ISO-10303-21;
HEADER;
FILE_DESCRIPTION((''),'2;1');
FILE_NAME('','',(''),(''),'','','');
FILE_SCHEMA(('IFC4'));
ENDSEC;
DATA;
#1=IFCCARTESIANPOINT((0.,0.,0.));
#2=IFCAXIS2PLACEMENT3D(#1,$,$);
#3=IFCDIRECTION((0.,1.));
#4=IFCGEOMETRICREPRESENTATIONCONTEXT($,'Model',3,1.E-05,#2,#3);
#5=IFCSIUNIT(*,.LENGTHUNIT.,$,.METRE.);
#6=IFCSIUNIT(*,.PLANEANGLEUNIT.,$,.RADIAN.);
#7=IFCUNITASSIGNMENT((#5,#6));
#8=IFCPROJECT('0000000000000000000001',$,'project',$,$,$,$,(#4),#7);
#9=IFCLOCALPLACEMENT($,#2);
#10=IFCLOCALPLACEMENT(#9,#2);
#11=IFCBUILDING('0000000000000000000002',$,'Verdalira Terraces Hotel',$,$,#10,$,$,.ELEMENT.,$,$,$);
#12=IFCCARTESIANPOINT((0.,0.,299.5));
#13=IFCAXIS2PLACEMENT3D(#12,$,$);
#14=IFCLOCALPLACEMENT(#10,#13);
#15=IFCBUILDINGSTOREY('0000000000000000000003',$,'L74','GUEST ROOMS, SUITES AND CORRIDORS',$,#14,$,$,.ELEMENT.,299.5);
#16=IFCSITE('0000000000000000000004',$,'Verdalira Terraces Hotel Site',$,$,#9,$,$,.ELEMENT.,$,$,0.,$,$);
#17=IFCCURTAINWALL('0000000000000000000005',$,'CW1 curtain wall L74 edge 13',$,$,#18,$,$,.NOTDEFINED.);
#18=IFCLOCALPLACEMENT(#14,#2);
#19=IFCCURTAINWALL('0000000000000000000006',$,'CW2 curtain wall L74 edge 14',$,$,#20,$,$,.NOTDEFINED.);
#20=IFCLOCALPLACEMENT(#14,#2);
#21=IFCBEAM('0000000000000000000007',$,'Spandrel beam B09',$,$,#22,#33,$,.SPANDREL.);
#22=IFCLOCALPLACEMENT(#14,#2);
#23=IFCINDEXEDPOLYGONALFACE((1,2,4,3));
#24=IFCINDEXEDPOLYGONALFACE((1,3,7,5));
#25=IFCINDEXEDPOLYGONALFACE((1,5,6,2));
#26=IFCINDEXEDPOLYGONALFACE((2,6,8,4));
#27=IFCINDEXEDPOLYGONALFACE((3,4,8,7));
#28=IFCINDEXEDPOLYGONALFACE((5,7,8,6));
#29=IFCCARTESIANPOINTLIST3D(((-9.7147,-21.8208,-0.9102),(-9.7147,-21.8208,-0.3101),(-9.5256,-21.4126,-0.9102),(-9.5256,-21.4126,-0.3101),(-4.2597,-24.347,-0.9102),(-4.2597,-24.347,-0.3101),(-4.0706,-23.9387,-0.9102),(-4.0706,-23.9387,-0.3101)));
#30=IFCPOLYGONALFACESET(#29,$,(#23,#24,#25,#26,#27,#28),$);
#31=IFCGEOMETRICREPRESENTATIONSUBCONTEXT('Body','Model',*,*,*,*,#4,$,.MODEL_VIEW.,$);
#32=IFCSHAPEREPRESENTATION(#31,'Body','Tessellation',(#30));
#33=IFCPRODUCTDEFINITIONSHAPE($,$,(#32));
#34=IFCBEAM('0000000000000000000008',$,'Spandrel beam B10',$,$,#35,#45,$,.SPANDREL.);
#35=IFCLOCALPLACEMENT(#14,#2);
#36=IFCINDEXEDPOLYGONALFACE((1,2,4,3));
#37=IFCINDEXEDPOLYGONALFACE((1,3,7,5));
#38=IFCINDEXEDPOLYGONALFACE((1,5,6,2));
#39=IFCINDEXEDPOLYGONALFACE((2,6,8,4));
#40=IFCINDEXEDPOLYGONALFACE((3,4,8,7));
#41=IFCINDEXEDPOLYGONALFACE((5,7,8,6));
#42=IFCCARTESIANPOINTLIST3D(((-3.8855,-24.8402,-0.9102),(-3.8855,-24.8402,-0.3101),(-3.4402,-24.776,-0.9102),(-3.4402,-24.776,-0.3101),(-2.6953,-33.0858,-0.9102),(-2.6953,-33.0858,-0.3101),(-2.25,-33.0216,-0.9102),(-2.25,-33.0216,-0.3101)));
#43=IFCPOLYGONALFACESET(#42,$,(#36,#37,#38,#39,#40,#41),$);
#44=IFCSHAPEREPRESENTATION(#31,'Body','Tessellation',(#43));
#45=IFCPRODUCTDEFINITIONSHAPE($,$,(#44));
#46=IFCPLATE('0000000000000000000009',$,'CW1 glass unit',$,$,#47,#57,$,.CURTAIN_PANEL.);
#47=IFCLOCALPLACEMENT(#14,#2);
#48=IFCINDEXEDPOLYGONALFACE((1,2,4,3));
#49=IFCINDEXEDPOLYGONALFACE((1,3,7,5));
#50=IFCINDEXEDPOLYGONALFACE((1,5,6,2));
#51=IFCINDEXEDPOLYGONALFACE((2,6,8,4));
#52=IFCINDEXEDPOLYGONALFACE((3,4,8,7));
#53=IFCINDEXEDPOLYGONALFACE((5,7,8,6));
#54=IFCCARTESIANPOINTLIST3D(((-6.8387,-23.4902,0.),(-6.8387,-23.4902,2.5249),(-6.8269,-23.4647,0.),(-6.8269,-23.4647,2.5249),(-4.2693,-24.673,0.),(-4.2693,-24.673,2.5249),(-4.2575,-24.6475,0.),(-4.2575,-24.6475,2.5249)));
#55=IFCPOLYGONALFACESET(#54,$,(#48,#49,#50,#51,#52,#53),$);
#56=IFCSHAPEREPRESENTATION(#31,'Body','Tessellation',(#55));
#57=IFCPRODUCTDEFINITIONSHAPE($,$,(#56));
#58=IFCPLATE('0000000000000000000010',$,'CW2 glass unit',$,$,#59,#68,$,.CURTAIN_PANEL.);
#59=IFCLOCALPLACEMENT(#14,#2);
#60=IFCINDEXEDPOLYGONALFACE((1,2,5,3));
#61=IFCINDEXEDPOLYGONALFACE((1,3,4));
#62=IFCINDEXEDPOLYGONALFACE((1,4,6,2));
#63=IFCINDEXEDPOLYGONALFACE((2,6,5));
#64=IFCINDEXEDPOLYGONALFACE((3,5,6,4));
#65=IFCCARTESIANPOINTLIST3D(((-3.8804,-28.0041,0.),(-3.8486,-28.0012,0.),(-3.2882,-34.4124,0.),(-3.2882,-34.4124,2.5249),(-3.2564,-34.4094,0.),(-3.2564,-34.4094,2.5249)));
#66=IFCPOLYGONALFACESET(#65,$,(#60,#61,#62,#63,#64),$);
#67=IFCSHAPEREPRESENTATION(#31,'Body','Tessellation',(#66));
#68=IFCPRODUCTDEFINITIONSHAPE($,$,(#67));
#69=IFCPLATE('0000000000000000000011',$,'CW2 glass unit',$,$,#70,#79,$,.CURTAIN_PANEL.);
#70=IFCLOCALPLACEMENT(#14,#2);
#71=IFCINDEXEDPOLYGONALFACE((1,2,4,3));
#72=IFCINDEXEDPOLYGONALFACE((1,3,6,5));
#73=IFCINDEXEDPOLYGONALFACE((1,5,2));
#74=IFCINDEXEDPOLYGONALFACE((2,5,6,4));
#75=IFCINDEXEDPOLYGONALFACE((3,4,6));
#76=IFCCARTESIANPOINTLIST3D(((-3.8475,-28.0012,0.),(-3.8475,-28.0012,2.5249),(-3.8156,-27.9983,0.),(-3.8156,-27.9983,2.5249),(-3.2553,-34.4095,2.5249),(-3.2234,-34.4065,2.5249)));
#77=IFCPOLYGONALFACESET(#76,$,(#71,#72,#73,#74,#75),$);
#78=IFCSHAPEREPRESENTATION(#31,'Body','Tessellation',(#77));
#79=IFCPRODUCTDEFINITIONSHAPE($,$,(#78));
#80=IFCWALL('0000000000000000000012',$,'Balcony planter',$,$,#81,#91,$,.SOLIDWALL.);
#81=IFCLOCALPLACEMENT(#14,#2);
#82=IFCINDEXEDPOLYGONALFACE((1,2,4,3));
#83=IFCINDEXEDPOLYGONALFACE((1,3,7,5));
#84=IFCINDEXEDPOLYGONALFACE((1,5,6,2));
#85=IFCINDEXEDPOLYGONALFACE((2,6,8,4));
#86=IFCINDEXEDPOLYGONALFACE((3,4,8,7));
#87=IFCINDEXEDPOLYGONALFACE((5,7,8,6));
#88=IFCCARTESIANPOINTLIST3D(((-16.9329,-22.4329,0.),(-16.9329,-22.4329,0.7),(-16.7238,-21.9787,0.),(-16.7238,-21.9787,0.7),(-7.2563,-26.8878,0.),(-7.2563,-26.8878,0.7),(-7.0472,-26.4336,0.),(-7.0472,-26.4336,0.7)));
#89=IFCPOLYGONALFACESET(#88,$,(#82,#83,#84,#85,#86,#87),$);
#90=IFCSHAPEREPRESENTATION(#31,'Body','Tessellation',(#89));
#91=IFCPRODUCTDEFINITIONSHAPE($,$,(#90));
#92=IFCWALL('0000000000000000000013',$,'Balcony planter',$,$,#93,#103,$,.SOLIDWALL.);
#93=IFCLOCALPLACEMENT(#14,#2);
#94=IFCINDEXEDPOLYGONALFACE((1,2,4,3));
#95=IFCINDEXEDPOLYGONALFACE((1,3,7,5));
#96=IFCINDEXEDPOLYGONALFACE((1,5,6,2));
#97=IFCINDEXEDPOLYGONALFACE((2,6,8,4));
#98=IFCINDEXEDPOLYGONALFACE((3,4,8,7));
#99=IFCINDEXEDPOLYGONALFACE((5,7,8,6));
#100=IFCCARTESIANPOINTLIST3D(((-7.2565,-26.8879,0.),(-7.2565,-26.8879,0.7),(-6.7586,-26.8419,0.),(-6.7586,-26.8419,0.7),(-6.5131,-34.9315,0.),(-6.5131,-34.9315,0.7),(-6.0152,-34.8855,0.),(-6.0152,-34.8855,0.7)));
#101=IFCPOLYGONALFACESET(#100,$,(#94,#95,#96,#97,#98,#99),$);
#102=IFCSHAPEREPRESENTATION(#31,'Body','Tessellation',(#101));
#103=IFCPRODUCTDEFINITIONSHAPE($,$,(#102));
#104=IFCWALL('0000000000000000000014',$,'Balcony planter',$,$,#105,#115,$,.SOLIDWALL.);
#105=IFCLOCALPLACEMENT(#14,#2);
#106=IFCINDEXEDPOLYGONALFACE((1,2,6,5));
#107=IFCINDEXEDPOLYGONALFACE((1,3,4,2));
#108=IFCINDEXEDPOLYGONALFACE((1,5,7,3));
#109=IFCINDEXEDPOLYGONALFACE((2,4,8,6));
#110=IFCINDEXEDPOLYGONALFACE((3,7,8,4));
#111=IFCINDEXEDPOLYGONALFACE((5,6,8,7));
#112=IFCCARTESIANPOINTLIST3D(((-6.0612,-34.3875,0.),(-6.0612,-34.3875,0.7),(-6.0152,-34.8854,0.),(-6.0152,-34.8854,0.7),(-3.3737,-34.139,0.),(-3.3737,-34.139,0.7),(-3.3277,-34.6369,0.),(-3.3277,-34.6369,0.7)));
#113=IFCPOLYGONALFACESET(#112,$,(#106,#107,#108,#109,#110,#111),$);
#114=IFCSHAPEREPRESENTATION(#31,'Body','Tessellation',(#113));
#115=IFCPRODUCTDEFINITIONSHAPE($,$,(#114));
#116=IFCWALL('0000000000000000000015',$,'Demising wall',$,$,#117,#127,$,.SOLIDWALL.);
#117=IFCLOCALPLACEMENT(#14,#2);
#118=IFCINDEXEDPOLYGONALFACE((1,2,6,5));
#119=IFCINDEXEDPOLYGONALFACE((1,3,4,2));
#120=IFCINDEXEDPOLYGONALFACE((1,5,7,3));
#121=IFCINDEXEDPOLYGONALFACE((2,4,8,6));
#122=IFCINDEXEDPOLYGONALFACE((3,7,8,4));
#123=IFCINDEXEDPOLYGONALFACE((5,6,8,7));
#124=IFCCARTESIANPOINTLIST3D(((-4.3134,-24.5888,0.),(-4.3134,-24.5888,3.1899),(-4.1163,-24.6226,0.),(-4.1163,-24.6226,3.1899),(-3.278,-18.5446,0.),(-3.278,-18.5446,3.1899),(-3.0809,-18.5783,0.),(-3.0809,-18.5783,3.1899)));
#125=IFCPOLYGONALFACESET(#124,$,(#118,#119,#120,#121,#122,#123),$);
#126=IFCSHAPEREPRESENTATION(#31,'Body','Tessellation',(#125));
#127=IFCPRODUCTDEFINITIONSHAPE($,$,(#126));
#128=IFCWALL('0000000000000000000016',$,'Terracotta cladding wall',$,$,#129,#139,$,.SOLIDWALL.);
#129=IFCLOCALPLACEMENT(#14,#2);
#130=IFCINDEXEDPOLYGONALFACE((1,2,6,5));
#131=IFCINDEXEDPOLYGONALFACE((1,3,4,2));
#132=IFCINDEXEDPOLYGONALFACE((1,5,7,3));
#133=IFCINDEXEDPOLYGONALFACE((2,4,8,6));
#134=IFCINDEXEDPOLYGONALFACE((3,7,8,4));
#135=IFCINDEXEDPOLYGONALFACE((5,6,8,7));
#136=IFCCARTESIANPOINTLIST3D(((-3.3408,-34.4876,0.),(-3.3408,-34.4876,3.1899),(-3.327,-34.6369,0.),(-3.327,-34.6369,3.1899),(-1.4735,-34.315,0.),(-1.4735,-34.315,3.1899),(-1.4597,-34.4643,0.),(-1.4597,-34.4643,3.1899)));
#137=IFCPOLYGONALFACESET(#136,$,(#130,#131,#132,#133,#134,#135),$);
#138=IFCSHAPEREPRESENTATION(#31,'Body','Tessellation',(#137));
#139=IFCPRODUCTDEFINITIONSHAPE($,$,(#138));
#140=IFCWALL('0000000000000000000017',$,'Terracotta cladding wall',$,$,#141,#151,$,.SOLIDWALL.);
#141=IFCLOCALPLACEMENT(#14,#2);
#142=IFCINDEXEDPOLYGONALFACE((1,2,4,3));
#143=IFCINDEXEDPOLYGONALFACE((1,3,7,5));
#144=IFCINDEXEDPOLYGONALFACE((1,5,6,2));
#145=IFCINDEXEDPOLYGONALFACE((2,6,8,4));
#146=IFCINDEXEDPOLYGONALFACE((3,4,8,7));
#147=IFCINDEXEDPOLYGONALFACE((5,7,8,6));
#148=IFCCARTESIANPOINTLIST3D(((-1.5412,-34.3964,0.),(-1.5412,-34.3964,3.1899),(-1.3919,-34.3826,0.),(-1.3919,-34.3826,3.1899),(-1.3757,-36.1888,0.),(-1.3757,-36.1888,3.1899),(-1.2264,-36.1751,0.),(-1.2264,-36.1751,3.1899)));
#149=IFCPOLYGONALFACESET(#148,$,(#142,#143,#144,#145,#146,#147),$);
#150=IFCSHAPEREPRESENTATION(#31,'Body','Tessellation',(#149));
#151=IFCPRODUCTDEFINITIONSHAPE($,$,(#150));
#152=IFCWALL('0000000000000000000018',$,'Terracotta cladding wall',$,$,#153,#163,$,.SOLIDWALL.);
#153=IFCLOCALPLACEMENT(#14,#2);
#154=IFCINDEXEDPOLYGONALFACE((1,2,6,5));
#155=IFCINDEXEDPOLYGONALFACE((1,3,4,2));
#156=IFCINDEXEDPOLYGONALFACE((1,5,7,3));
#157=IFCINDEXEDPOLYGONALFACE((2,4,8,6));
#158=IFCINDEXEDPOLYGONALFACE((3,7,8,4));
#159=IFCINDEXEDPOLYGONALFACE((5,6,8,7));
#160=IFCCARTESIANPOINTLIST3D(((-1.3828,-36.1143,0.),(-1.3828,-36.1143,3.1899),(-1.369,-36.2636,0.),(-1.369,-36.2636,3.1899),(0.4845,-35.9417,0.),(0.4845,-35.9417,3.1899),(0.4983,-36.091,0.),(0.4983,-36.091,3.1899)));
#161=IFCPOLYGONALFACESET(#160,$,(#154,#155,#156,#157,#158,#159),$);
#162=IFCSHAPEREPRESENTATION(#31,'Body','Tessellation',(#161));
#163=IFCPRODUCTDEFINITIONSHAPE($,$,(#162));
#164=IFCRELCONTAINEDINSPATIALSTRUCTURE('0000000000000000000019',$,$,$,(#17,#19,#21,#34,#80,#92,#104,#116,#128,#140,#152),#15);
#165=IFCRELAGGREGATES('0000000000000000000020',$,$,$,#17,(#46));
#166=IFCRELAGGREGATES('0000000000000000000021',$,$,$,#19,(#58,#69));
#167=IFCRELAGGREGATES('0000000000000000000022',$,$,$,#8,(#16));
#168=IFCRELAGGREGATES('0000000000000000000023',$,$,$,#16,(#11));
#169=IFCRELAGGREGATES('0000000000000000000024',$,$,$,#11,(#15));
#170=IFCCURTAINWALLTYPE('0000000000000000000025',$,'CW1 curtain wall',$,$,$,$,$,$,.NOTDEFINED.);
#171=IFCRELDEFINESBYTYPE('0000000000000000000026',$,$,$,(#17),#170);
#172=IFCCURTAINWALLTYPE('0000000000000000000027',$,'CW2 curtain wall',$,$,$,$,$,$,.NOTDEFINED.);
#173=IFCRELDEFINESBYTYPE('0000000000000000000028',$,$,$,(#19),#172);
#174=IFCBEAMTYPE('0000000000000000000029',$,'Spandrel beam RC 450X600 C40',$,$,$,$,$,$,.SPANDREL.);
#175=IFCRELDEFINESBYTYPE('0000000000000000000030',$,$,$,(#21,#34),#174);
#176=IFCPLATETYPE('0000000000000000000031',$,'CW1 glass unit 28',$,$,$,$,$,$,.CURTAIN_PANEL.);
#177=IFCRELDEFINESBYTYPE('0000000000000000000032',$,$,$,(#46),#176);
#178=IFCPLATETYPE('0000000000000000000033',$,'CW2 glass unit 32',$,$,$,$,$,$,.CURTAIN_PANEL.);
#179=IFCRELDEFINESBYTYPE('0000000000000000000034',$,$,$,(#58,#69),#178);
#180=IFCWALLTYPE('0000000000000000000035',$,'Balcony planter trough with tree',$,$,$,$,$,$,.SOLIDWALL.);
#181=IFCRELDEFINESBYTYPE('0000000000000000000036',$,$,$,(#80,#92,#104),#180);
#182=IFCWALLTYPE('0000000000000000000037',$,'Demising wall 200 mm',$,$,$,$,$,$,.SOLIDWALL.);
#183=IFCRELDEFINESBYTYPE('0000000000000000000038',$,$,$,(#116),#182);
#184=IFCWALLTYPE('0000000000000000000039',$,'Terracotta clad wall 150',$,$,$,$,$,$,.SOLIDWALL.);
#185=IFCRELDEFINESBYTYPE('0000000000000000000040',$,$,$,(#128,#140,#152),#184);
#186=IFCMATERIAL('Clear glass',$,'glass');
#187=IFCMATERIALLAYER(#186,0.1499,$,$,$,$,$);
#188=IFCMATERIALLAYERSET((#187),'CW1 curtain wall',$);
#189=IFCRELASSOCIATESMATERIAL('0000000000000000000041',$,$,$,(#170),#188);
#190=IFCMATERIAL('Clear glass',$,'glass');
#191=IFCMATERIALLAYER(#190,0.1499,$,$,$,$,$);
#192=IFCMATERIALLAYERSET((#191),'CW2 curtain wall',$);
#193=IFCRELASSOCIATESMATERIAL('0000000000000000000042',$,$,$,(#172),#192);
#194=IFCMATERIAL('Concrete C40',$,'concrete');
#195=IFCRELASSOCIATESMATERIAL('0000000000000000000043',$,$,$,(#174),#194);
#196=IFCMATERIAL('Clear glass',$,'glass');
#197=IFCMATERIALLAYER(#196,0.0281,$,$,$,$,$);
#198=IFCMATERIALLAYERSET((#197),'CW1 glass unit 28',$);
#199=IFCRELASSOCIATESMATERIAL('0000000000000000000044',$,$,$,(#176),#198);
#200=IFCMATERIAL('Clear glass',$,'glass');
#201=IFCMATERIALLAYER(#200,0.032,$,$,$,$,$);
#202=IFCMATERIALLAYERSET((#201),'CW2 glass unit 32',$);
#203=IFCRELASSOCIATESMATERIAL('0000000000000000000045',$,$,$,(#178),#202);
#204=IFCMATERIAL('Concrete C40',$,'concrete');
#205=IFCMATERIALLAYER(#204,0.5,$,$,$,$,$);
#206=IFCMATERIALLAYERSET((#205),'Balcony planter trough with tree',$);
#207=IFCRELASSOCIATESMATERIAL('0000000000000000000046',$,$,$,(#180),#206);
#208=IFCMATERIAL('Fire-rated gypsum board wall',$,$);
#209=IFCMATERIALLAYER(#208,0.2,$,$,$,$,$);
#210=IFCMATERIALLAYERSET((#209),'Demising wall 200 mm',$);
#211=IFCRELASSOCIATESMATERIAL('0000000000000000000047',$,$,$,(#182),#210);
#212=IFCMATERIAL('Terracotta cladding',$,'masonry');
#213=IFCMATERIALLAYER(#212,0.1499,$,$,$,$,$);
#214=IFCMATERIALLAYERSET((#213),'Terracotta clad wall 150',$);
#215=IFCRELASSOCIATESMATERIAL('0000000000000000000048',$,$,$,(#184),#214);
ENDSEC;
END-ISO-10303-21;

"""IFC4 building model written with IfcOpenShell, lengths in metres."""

from ifc_helpers import new_model, si_unit, direction, frame, frame_2d, origin, origin_2d, place, context, subcontext, project, spatial, polyline, rectangle, outline, extrude, material, layer, layer_set, material_profile, profile_set, type_object, element, aggregate, save


model = new_model("IFC4")

# Units and contexts
model_context = context("Model", 3, precision=1e-05, world=origin(), true_north=direction((0.0, 1.0)))
body_context = subcontext(model_context, "Body", "Model", "MODEL_VIEW")
ifc_project = project(units=[si_unit("LENGTHUNIT", "METRE"), si_unit("PLANEANGLEUNIT", "RADIAN")], contexts=[model_context])

# Site, building, storey
site_placement = place(None, origin())
site = spatial("IfcSite", under=ifc_project, at=site_placement, Name="Verdalira Terraces Hotel Site", CompositionType="ELEMENT", RefElevation=0.0)
building_placement = place(site_placement, origin())
building = spatial("IfcBuilding", under=site, at=building_placement, Name="Verdalira Terraces Hotel", CompositionType="ELEMENT")
storey_placement = place(building_placement, frame((0.0, 0.0, 299.5)))
storey = spatial("IfcBuildingStorey", under=building, at=storey_placement, Name="L74", Description="GUEST ROOMS, SUITES AND CORRIDORS", CompositionType="ELEMENT", Elevation=299.5)

# Curtain wall
ifc_material_1 = material(Name="Clear glass", Category="glass")
ifc_layer_1 = layer(ifc_material_1, 0.1499)
ifc_layer_set_1 = layer_set([ifc_layer_1], Name="CW1 curtain wall")
curtain_wall_type_1 = type_object("IfcCurtainWallType", Name="CW1 curtain wall", PredefinedType="NOTDEFINED", material=ifc_layer_set_1)
curtain_wall_1_placement = place(storey_placement, origin())
curtain_wall_1 = element("IfcCurtainWall", 1, at=curtain_wall_1_placement, inside=storey, type_object=curtain_wall_type_1, Name="CW1 curtain wall L74 edge 13", PredefinedType="NOTDEFINED")

# Curtain wall
ifc_material_2 = material(Name="Clear glass", Category="glass")
ifc_layer_2 = layer(ifc_material_2, 0.1499)
ifc_layer_set_2 = layer_set([ifc_layer_2], Name="CW2 curtain wall")
curtain_wall_type_2 = type_object("IfcCurtainWallType", Name="CW2 curtain wall", PredefinedType="NOTDEFINED", material=ifc_layer_set_2)
curtain_wall_2_placement = place(storey_placement, origin())
curtain_wall_2 = element("IfcCurtainWall", 2, at=curtain_wall_2_placement, inside=storey, type_object=curtain_wall_type_2, Name="CW2 curtain wall L74 edge 14", PredefinedType="NOTDEFINED")

# Beams
ifc_material_3 = material(Name="Concrete C40", Category="concrete")
ifc_material_profile_1 = material_profile(ifc_material_3, rectangle(XDim=0.45, YDim=0.6001, at=origin_2d()), Name="RC 450X600")
ifc_profile_set_1 = profile_set([ifc_material_profile_1], Name="Concrete C40")
beam_type_1 = type_object("IfcBeamType", Name="Spandrel beam RC 450X600 C40", PredefinedType="SPANDREL", material=ifc_profile_set_1)
beam_1_placement = place(storey_placement, frame((-9.6201, -21.6167, -0.6101), z_axis=(0.90742, -0.420225, 0.0), x_axis=(0.420225, 0.90742, 0.0)))
element("IfcBeam", 3, at=beam_1_placement, inside=storey, type_object=beam_type_1, Name="Spandrel beam B09", PredefinedType="SPANDREL", context=body_context, shape_type="SweptSolid", body=[
    extrude(rectangle(XDim=0.45, YDim=0.6001, at=origin_2d()), origin(), (0.0, 0.0, 1.0), 6.0115),
])
beam_2_placement = place(storey_placement, frame((-3.6628, -24.8081, -0.6101), z_axis=(0.142861, -0.989743, 0.0), x_axis=(0.989743, 0.142861, 0.0)))
element("IfcBeam", 4, at=beam_2_placement, inside=storey, type_object=beam_type_1, Name="Spandrel beam B10", PredefinedType="SPANDREL", context=body_context, shape_type="SweptSolid", body=[
    extrude(rectangle(XDim=0.45, YDim=0.6001, at=origin_2d()), origin(), (0.0, 0.0, 1.0), 8.3311),
])

# Plates
ifc_material_4 = material(Name="Clear glass", Category="glass")
ifc_layer_3 = layer(ifc_material_4, 0.0281)
ifc_layer_set_3 = layer_set([ifc_layer_3], Name="CW1 glass unit 28")
plate_type_1 = type_object("IfcPlateType", Name="CW1 glass unit 28", PredefinedType="CURTAIN_PANEL", material=ifc_layer_set_3)
plate_1_placement = place(storey_placement, frame((-5.5481, -24.0688, 0.0), z_axis=(0.0, 0.0, 1.0), x_axis=(0.908362, -0.418184, 0.0)))
plate_1 = element("IfcPlate", 5, at=plate_1_placement, type_object=plate_type_1, Name="CW1 glass unit", PredefinedType="CURTAIN_PANEL", context=body_context, shape_type="SweptSolid", body=[
    extrude(rectangle(XDim=2.8286, YDim=0.0281, at=origin_2d()), origin(), (0.0, 0.0, 1.0), 2.5249),
])
aggregate(curtain_wall_1, [plate_1])
ifc_material_5 = material(Name="Clear glass", Category="glass")
ifc_layer_4 = layer(ifc_material_5, 0.032)
ifc_layer_set_4 = layer_set([ifc_layer_4], Name="CW2 glass unit 32")
plate_type_2 = type_object("IfcPlateType", Name="CW2 glass unit 32", PredefinedType="CURTAIN_PANEL", material=ifc_layer_set_4)
plate_2_placement = place(storey_placement, frame((-3.5525, -31.2053, 1.2625), z_axis=(-0.995757, -0.092023, 0.0), x_axis=(0.092023, -0.995757, 0.0)))
plate_2 = element("IfcPlate", 6, at=plate_2_placement, type_object=plate_type_2, Name="CW2 glass unit", PredefinedType="CURTAIN_PANEL", context=body_context, shape_type="SweptSolid", body=[
    extrude(outline(polyline([(-3.2178, -1.2625), (3.2178, -1.2625), (3.2178, 1.2625), (-3.2178, -1.2625)])), origin(), (0.0, 0.0, 1.0), 0.032),
])
plate_3_placement = place(storey_placement, frame((-3.5195, -31.2024, 1.2625), z_axis=(-0.995757, -0.092023, 0.0), x_axis=(0.092023, -0.995757, 0.0)))
plate_3 = element("IfcPlate", 7, at=plate_3_placement, type_object=plate_type_2, Name="CW2 glass unit", PredefinedType="CURTAIN_PANEL", context=body_context, shape_type="SweptSolid", body=[
    extrude(outline(polyline([(-3.2178, -1.2625), (3.2178, 1.2625), (-3.2178, 1.2625), (-3.2178, -1.2625)])), origin(), (0.0, 0.0, 1.0), 0.032),
])
aggregate(curtain_wall_2, [plate_2, plate_3])

# Walls
ifc_material_6 = material(Name="Concrete C40", Category="concrete")
ifc_layer_5 = layer(ifc_material_6, 0.5)
ifc_layer_set_5 = layer_set([ifc_layer_5], Name="Balcony planter trough with tree")
wall_type_1 = type_object("IfcWallType", Name="Balcony planter trough with tree", PredefinedType="SOLIDWALL", material=ifc_layer_set_5)
wall_1_placement = place(storey_placement, frame((-16.8284, -22.2058, 0.0), z_axis=(0.0, 0.0, 1.0), x_axis=(0.908361, -0.418187, 0.0)))
element("IfcWall", 8, at=wall_1_placement, inside=storey, type_object=wall_type_1, Name="Balcony planter", PredefinedType="SOLIDWALL", context=body_context, shape_type="SweptSolid", body=[
    extrude(rectangle(XDim=10.6528, YDim=0.5, at=frame_2d((5.3264, 0.0))), origin(), (0.0, 0.0, 1.0), 0.7),
])
wall_2_placement = place(storey_placement, frame((-7.0076, -26.8647, 0.0), z_axis=(0.0, 0.0, 1.0), x_axis=(0.092029, -0.995756, 0.0)))
element("IfcWall", 9, at=wall_2_placement, inside=storey, type_object=wall_type_1, Name="Balcony planter", PredefinedType="SOLIDWALL", context=body_context, shape_type="SweptSolid", body=[
    extrude(rectangle(XDim=8.0779, YDim=0.5, at=frame_2d((4.0391, 0.0))), origin(), (0.0, 0.0, 1.0), 0.7),
])
wall_3_placement = place(storey_placement, frame((-6.0383, -34.6365, 0.0), z_axis=(0.0, 0.0, 1.0), x_axis=(0.995751, 0.092085, 0.0)))
element("IfcWall", 10, at=wall_3_placement, inside=storey, type_object=wall_type_1, Name="Balcony planter", PredefinedType="SOLIDWALL", context=body_context, shape_type="SweptSolid", body=[
    extrude(rectangle(XDim=2.699, YDim=0.5, at=frame_2d((1.3496, 0.0))), origin(), (0.0, 0.0, 1.0), 0.7),
])
ifc_material_7 = material(Name="Fire-rated gypsum board wall")
ifc_layer_6 = layer(ifc_material_7, 0.2)
ifc_layer_set_6 = layer_set([ifc_layer_6], Name="Demising wall 200 mm")
wall_type_2 = type_object("IfcWallType", Name="Demising wall 200 mm", PredefinedType="SOLIDWALL", material=ifc_layer_set_6)
wall_4_placement = place(storey_placement, frame((-4.2148, -24.6057, 0.0), z_axis=(0.0, 0.0, 1.0), x_axis=(0.168846, 0.985643, 0.0)))
element("IfcWall", 11, at=wall_4_placement, inside=storey, type_object=wall_type_2, Name="Demising wall", PredefinedType="SOLIDWALL", context=body_context, shape_type="SweptSolid", body=[
    extrude(rectangle(XDim=6.1323, YDim=0.2, at=frame_2d((3.0662, 0.0))), origin(), (0.0, 0.0, 1.0), 3.1899),
])
ifc_material_8 = material(Name="Terracotta cladding", Category="masonry")
ifc_layer_7 = layer(ifc_material_8, 0.1499)
ifc_layer_set_7 = layer_set([ifc_layer_7], Name="Terracotta clad wall 150")
wall_type_3 = type_object("IfcWallType", Name="Terracotta clad wall 150", PredefinedType="SOLIDWALL", material=ifc_layer_set_7)
wall_5_placement = place(storey_placement, frame((-3.3337, -34.5623, 0.0), z_axis=(0.0, 0.0, 1.0), x_axis=(0.995754, 0.09205, 0.0)))
element("IfcWall", 12, at=wall_5_placement, inside=storey, type_object=wall_type_3, Name="Terracotta cladding wall", PredefinedType="SOLIDWALL", context=body_context, shape_type="SweptSolid", body=[
    extrude(rectangle(XDim=1.8752, YDim=0.1499, at=frame_2d((0.9375, 0.0))), origin(), (0.0, 0.0, 1.0), 3.1899),
])
wall_6_placement = place(storey_placement, frame((-1.4666, -34.3896, 0.0), z_axis=(0.0, 0.0, 1.0), x_axis=(0.091954, -0.995763, 0.0)))
element("IfcWall", 13, at=wall_6_placement, inside=storey, type_object=wall_type_3, Name="Terracotta cladding wall", PredefinedType="SOLIDWALL", context=body_context, shape_type="SweptSolid", body=[
    extrude(rectangle(XDim=1.8, YDim=0.1499, at=frame_2d((0.8999, 0.0))), origin(), (0.0, 0.0, 1.0), 3.1899),
])
wall_7_placement = place(storey_placement, frame((-1.3757, -36.189, 0.0), z_axis=(0.0, 0.0, 1.0), x_axis=(0.995754, 0.09205, 0.0)))
element("IfcWall", 14, at=wall_7_placement, inside=storey, type_object=wall_type_3, Name="Terracotta cladding wall", PredefinedType="SOLIDWALL", context=body_context, shape_type="SweptSolid", body=[
    extrude(rectangle(XDim=1.8752, YDim=0.1499, at=frame_2d((0.9375, 0.0))), origin(), (0.0, 0.0, 1.0), 3.1899),
])

save(model, "model.ifc")
